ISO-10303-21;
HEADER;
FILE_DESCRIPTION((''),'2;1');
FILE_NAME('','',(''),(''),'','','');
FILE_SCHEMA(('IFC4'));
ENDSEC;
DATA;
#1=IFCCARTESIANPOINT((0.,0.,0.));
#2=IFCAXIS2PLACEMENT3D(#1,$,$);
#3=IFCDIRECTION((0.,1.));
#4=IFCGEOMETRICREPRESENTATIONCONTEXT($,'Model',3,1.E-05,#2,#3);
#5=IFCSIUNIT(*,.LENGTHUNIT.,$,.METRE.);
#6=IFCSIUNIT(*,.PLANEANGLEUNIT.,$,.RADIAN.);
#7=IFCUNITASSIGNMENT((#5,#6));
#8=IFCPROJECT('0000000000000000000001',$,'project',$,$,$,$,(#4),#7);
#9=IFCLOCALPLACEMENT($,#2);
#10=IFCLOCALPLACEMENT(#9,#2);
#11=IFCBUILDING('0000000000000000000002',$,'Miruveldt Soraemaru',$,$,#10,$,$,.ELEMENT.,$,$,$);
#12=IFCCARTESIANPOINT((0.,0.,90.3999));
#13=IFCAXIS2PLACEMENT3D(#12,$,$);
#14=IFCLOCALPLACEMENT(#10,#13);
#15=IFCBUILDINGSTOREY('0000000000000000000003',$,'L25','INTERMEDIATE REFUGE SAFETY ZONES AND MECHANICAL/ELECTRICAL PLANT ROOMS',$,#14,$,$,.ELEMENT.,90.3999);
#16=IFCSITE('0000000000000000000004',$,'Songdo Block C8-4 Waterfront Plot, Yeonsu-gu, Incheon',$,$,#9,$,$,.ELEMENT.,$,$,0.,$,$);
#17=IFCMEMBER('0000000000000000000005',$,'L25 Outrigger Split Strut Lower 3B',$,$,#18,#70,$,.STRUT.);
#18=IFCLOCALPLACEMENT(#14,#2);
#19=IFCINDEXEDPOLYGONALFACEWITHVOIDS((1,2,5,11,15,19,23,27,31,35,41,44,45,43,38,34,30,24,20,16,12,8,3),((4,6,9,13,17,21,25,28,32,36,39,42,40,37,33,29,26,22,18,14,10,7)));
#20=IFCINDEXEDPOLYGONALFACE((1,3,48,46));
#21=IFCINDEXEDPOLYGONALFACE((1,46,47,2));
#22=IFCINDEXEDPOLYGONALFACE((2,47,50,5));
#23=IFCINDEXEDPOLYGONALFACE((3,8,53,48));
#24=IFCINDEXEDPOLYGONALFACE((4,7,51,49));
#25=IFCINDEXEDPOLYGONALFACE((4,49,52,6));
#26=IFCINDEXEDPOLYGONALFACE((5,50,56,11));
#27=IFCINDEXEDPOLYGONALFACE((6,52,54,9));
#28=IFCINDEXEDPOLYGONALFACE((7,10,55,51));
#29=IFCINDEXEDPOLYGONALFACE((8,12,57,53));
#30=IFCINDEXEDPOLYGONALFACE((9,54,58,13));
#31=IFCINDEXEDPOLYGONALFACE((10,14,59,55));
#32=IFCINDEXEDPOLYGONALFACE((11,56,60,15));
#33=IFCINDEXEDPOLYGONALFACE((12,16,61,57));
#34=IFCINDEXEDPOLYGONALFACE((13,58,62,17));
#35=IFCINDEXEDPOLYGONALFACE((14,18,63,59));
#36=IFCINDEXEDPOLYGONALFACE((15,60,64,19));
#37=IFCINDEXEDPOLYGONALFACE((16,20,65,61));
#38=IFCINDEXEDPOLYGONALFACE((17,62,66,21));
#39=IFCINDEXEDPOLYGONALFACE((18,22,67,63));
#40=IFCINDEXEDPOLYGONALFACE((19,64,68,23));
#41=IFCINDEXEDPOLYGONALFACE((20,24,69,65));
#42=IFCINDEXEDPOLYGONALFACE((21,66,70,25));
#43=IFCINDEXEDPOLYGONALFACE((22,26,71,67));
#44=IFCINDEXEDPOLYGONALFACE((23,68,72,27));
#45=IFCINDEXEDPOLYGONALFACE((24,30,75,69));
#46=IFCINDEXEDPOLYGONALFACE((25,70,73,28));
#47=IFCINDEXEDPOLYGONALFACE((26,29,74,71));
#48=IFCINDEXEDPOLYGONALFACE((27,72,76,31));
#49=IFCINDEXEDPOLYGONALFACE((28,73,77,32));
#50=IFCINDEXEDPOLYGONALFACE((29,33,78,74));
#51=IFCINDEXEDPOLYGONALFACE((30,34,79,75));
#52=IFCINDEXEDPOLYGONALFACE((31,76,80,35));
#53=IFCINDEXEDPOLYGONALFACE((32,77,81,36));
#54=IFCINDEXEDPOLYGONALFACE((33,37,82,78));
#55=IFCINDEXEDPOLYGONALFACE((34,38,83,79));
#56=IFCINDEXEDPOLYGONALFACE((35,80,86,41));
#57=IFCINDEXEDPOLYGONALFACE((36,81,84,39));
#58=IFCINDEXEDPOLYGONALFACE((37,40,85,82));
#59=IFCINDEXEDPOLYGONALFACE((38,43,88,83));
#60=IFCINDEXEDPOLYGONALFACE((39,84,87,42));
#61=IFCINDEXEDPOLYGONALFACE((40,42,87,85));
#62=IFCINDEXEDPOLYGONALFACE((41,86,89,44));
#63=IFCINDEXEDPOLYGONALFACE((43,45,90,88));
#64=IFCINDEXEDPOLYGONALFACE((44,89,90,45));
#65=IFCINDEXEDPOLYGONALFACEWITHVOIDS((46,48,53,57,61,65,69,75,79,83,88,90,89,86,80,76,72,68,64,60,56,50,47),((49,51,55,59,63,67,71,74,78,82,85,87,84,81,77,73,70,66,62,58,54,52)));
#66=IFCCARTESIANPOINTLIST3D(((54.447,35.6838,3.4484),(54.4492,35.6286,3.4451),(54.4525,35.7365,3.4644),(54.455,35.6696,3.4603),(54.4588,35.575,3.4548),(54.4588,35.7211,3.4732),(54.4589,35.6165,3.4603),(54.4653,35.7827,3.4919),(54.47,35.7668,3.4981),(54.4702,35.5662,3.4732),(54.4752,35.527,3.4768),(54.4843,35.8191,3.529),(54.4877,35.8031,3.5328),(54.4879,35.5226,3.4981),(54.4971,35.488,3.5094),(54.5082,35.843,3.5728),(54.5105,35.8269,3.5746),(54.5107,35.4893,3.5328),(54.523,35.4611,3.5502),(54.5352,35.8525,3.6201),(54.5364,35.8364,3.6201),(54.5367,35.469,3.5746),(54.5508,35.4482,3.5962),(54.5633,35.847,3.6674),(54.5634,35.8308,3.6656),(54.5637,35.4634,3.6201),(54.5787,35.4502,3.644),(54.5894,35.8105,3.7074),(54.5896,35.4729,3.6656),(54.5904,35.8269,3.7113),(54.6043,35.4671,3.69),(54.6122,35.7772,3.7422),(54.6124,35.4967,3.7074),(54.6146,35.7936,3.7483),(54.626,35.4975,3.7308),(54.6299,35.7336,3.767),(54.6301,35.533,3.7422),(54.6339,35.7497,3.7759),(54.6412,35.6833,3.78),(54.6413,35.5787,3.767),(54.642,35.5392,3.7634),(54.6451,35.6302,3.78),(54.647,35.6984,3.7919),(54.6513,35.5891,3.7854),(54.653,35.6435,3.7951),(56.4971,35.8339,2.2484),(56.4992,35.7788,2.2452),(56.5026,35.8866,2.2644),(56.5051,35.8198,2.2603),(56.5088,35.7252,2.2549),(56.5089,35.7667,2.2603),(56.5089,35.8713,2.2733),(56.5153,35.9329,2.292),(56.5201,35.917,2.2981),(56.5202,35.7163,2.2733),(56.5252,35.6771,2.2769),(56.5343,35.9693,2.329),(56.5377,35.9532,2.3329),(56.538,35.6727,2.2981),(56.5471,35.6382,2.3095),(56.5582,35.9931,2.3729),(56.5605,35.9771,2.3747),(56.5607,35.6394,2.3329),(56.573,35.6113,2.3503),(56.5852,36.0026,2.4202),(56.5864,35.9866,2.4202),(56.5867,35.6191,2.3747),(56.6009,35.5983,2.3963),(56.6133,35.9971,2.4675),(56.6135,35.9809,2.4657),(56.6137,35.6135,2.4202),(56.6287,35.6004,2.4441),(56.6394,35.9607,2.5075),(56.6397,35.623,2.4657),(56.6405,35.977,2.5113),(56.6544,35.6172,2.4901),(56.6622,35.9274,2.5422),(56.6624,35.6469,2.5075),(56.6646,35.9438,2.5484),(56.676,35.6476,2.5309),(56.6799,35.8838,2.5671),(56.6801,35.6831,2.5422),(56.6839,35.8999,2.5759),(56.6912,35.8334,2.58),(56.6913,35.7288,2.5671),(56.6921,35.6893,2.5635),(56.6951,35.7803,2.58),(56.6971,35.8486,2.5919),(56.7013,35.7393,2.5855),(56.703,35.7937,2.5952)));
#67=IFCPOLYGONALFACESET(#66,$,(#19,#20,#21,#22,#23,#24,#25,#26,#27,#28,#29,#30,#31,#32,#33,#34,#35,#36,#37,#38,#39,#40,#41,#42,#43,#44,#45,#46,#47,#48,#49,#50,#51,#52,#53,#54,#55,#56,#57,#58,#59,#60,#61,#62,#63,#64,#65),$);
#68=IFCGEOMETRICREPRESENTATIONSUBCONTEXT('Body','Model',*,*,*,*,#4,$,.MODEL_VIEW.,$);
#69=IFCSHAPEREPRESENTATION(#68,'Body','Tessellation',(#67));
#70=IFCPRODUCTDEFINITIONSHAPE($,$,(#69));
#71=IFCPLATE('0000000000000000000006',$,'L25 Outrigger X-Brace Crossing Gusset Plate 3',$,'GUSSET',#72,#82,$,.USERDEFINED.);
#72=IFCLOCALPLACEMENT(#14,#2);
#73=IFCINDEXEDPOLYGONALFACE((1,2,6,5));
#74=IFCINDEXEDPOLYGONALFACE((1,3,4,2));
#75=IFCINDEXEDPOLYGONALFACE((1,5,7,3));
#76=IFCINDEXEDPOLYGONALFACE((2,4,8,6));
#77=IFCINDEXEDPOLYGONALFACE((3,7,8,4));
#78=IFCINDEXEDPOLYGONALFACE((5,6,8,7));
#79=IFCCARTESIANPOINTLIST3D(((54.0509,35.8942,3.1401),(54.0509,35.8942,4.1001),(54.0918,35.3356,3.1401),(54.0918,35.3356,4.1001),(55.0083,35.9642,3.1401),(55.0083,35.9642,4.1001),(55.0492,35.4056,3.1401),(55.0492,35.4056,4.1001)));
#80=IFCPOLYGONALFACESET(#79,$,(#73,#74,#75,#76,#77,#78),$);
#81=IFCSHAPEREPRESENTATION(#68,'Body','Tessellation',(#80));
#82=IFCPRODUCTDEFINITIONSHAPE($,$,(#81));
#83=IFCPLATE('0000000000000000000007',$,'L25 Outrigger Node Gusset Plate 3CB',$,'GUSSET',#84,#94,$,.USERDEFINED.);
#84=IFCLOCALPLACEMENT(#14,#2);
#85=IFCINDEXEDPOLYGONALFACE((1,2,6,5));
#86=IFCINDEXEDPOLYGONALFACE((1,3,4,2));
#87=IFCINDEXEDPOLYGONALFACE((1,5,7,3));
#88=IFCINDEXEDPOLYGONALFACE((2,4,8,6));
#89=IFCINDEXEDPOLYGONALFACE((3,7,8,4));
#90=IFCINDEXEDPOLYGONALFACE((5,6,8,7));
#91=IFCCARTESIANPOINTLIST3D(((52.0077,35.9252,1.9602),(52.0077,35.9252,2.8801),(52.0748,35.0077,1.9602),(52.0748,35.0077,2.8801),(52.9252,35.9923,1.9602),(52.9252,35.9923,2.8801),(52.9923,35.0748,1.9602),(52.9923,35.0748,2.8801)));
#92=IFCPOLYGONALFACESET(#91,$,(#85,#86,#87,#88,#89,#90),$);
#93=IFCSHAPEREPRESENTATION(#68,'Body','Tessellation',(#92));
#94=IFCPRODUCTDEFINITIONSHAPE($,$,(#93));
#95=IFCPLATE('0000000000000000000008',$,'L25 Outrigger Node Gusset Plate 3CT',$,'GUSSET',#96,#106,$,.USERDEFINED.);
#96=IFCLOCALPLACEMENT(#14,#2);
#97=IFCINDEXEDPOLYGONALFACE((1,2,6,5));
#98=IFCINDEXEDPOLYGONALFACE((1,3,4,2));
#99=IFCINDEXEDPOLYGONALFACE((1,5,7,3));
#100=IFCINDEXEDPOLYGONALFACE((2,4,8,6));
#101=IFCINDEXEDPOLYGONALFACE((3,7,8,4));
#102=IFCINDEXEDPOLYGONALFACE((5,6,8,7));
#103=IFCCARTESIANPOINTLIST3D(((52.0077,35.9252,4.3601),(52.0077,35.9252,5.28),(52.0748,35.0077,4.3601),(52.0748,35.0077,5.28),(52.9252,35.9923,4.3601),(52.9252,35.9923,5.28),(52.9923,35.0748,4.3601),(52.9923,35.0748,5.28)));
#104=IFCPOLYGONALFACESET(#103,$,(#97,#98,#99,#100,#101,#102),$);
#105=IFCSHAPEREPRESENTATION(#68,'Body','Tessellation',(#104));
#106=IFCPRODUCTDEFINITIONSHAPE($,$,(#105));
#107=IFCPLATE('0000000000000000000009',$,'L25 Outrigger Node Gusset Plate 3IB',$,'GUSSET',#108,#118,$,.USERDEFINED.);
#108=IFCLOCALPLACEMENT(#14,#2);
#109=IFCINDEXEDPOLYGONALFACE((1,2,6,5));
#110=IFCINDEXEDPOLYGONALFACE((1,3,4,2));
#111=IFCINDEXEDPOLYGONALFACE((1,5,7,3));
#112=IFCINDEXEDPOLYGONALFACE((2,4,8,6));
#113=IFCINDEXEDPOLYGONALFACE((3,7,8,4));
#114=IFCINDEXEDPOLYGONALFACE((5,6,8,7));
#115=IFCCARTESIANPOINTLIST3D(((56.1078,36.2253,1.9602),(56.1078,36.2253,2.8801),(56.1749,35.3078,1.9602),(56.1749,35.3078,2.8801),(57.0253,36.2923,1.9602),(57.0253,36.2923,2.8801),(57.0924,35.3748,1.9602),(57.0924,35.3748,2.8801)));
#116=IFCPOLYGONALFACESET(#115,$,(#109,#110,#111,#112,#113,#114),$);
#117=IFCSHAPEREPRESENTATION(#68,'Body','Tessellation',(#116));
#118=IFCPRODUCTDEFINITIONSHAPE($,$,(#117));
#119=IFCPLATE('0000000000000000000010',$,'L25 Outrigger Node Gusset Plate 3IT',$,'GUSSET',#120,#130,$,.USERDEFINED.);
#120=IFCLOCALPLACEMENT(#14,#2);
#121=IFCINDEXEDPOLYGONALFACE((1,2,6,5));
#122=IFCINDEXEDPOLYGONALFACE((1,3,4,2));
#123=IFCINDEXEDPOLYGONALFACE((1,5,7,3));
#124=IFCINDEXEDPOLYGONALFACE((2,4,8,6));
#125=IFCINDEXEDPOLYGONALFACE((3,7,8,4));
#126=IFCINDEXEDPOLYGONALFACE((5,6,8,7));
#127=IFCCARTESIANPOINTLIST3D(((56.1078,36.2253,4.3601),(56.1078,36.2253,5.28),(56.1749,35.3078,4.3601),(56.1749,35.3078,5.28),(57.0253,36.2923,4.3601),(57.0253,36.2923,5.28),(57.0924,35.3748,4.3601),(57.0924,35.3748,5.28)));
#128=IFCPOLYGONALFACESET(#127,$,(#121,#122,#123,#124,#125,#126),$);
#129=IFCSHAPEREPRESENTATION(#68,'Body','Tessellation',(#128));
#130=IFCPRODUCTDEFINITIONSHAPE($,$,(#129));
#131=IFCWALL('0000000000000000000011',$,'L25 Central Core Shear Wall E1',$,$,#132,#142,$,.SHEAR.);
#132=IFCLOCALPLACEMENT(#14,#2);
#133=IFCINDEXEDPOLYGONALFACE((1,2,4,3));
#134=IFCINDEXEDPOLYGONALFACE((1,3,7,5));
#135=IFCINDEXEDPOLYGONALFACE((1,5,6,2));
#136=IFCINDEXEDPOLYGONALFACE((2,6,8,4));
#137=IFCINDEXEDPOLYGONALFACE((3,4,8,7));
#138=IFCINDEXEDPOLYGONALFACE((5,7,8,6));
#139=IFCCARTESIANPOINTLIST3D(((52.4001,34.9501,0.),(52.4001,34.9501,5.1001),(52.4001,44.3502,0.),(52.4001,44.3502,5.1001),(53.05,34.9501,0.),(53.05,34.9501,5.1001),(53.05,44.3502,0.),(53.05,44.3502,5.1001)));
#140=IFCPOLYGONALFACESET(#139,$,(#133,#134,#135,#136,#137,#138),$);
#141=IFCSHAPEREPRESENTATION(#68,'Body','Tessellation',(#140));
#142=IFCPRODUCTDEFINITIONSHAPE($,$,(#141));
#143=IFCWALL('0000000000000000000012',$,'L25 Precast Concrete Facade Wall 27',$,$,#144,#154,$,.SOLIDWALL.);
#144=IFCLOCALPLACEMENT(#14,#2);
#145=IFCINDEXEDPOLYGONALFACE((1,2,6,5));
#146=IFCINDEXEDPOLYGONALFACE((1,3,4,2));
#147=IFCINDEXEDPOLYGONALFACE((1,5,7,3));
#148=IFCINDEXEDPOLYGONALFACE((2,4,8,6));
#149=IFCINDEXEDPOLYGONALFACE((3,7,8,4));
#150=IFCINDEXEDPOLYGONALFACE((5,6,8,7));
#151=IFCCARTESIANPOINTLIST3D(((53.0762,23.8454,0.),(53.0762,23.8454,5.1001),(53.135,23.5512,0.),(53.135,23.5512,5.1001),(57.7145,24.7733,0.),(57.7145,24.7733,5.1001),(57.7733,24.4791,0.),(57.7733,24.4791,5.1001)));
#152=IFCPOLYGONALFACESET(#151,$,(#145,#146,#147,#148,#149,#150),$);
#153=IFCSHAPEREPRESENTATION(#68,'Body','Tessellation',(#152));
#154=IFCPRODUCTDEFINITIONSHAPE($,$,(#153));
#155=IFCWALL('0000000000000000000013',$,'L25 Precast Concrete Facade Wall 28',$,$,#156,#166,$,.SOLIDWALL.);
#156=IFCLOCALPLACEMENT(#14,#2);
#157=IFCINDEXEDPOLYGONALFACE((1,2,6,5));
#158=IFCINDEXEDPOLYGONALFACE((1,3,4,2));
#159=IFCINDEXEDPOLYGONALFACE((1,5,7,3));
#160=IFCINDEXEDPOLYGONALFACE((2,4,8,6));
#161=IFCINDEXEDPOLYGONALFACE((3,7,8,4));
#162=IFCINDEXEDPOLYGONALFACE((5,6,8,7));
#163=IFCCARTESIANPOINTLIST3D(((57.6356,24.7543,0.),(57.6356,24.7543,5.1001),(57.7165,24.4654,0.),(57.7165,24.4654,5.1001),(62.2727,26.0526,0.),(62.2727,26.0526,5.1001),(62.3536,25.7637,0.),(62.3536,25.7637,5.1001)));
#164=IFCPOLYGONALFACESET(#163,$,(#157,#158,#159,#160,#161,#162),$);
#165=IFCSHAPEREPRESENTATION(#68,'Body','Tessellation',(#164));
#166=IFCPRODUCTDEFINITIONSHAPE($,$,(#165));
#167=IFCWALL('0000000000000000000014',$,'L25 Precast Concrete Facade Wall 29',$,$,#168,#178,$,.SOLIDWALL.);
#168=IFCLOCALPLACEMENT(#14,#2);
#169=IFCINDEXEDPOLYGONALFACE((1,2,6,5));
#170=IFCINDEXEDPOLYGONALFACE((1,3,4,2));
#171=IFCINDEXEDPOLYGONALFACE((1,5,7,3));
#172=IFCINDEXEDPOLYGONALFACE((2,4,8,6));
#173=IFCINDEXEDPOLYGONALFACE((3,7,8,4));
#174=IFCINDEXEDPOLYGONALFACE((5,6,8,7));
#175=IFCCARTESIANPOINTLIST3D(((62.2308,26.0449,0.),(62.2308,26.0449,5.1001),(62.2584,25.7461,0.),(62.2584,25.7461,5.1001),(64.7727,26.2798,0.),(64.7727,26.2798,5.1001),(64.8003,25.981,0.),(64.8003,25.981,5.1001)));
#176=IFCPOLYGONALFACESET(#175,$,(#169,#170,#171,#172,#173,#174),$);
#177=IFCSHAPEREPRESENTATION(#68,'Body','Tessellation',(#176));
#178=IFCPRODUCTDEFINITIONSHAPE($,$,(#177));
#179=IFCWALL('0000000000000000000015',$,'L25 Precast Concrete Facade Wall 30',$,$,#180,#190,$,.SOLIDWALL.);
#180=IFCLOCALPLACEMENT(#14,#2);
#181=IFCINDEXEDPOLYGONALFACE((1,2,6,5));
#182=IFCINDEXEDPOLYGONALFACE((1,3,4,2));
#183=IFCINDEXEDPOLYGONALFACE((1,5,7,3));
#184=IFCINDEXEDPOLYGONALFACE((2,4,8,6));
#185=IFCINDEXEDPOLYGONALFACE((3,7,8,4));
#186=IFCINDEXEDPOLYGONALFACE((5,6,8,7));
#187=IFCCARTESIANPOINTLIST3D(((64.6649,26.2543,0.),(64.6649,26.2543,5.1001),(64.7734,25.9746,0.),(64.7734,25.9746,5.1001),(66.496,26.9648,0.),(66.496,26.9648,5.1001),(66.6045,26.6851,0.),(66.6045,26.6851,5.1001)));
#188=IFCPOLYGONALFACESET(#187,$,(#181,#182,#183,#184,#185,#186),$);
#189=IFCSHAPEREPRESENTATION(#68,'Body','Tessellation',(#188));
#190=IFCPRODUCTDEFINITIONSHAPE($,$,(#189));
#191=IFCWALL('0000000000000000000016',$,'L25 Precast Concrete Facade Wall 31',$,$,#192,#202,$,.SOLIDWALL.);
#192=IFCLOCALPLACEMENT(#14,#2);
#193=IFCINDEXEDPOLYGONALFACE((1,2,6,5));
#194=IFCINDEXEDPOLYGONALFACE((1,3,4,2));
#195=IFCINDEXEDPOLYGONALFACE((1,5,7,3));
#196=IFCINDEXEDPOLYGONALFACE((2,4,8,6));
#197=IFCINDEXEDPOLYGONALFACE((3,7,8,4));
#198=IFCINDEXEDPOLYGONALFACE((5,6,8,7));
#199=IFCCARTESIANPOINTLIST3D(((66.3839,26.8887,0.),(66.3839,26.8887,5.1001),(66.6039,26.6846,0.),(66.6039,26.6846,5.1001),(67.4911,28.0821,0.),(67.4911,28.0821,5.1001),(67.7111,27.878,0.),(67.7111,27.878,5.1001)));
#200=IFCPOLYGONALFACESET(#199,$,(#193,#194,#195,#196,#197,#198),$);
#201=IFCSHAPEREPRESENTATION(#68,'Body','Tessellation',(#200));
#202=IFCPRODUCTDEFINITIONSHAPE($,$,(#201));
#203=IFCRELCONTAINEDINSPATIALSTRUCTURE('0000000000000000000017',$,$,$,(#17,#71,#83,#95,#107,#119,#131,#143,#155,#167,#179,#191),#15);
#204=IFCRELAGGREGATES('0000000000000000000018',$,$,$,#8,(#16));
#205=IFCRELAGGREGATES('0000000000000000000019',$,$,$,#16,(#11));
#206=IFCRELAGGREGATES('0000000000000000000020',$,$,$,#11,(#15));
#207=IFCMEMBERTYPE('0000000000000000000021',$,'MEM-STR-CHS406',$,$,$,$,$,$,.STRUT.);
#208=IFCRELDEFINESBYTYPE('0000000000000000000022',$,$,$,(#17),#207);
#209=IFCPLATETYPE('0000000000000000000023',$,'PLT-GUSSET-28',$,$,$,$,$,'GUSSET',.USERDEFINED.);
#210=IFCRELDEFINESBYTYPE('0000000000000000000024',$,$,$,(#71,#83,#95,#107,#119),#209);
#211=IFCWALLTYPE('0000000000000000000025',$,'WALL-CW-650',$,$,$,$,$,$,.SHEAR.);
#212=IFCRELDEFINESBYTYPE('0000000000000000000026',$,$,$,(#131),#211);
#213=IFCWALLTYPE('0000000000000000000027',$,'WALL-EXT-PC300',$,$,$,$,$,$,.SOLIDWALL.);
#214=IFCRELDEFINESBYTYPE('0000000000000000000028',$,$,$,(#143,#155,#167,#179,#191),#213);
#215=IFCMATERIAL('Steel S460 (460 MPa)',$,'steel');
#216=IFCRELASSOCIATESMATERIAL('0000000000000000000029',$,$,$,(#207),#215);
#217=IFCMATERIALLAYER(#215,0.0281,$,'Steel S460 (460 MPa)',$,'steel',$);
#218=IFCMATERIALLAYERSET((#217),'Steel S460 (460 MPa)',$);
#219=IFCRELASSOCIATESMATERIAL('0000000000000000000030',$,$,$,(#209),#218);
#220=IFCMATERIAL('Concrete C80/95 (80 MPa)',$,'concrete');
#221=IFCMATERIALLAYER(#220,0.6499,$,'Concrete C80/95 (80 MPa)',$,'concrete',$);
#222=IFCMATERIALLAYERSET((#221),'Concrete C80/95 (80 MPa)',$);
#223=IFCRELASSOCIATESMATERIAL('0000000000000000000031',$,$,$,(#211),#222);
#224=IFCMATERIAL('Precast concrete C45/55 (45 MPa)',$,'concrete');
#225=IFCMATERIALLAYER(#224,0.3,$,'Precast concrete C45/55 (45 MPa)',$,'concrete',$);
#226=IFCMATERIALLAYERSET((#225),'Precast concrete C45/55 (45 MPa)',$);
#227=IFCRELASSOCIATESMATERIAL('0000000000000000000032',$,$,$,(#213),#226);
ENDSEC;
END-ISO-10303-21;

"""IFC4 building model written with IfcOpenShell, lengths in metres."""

from ifc_helpers import new_model, si_unit, direction, frame, frame_2d, origin, origin_2d, place, context, subcontext, project, spatial, rectangle, hollow_circle, extrude, material, layer, layer_set, material_profile, profile_set, type_object, element, save


model = new_model("IFC4")

# Units and contexts
model_context = context("Model", 3, precision=1e-05, world=origin(), true_north=direction((0.0, 1.0)))
body_context = subcontext(model_context, "Body", "Model", "MODEL_VIEW")
ifc_project = project(units=[si_unit("LENGTHUNIT", "METRE"), si_unit("PLANEANGLEUNIT", "RADIAN")], contexts=[model_context])

# Site, building, storey
site_placement = place(None, origin())
site = spatial("IfcSite", under=ifc_project, at=site_placement, Name="Songdo Block C8-4 Waterfront Plot, Yeonsu-gu, Incheon", CompositionType="ELEMENT", RefElevation=0.0)
building_placement = place(site_placement, origin())
building = spatial("IfcBuilding", under=site, at=building_placement, Name="Miruveldt Soraemaru", CompositionType="ELEMENT")
storey_placement = place(building_placement, frame((0.0, 0.0, 90.3999)))
storey = spatial("IfcBuildingStorey", under=building, at=storey_placement, Name="L25", Description="INTERMEDIATE REFUGE SAFETY ZONES AND MECHANICAL/ELECTRICAL PLANT ROOMS", CompositionType="ELEMENT", Elevation=90.3999)

# Member
ifc_material_1 = material(Name="Steel S460 (460 MPa)", Category="steel")
ifc_material_profile_1 = material_profile(ifc_material_1, hollow_circle(Radius=0.2031, WallThickness=0.0161, at=origin_2d()), Name="Steel S460 (460 MPa)", Category="steel")
ifc_profile_set_1 = profile_set([ifc_material_profile_1], Name="Steel S460 (460 MPa)")
member_type_1 = type_object("IfcMemberType", Name="MEM-STR-CHS406", PredefinedType="STRUT", material=ifc_profile_set_1)
for number, where, z_axis, x_axis, name in (
    (1, (54.55, 35.6499, 3.6201), (0.86131, 0.063083, -0.504149), (-0.073045, 0.997329, 0.0), "L25 Outrigger Split Strut Lower 3B"),
):
    element("IfcMember", number, at=place(storey_placement, frame(where, z_axis=z_axis, x_axis=x_axis)), inside=storey, type_object=member_type_1, Name=name, PredefinedType="STRUT", context=body_context, shape_type="SweptSolid", body=[
        extrude(hollow_circle(Radius=0.2031, WallThickness=0.0161, at=origin_2d()), origin(), (0.0, 0.0, 1.0), 2.3801),
    ])

# Plates
ifc_layer_1 = layer(ifc_material_1, 0.0281, Name="Steel S460 (460 MPa)", Category="steel")
ifc_layer_set_1 = layer_set([ifc_layer_1], Name="Steel S460 (460 MPa)")
plate_type = type_object("IfcPlateType", Name="PLT-GUSSET-28", ElementType="GUSSET", PredefinedType="USERDEFINED", material=ifc_layer_set_1)
plate_placement = place(storey_placement, frame((54.55, 35.6499, 3.1401), z_axis=(0.0, 0.0, 1.0), x_axis=(0.99734, 0.07289, 0.0)))
element("IfcPlate", 2, at=plate_placement, inside=storey, type_object=plate_type, Name="L25 Outrigger X-Brace Crossing Gusset Plate 3", ObjectType="GUSSET", PredefinedType="USERDEFINED", context=body_context, shape_type="SweptSolid", body=[
    extrude(rectangle(XDim=0.96, YDim=0.5601, at=origin_2d()), origin(), (0.0, 0.0, 1.0), 0.96),
])
for number, where, z_axis, x_axis, name in (
    (3, (52.5, 35.5, 1.9602), (0.0, 0.0, 1.0), (0.99734, 0.07289, 0.0), "L25 Outrigger Node Gusset Plate 3CB"),
    (4, (52.5, 35.5, 4.3601), (0.0, 0.0, 1.0), (0.99734, 0.07289, 0.0), "L25 Outrigger Node Gusset Plate 3CT"),
    (5, (56.6001, 35.8, 1.9602), (0.0, 0.0, 1.0), (0.99734, 0.07289, 0.0), "L25 Outrigger Node Gusset Plate 3IB"),
    (6, (56.6001, 35.8, 4.3601), (0.0, 0.0, 1.0), (0.99734, 0.07289, 0.0), "L25 Outrigger Node Gusset Plate 3IT"),
):
    element("IfcPlate", number, at=place(storey_placement, frame(where, z_axis=z_axis, x_axis=x_axis)), inside=storey, type_object=plate_type, Name=name, ObjectType="GUSSET", PredefinedType="USERDEFINED", context=body_context, shape_type="SweptSolid", body=[
        extrude(rectangle(XDim=0.9199, YDim=0.9199, at=origin_2d()), origin(), (0.0, 0.0, 1.0), 0.9199),
    ])

# Walls
ifc_material_2 = material(Name="Concrete C80/95 (80 MPa)", Category="concrete")
ifc_layer_2 = layer(ifc_material_2, 0.6499, Name="Concrete C80/95 (80 MPa)", Category="concrete")
ifc_layer_set_2 = layer_set([ifc_layer_2], Name="Concrete C80/95 (80 MPa)")
wall_type_1 = type_object("IfcWallType", Name="WALL-CW-650", PredefinedType="SHEAR", material=ifc_layer_set_2)
wall_1_placement = place(storey_placement, frame((52.7251, 34.95, 0.0), z_axis=(0.0, 0.0, 1.0), x_axis=(0.0, 1.0, 0.0)))
element("IfcWall", 7, at=wall_1_placement, inside=storey, type_object=wall_type_1, Name="L25 Central Core Shear Wall E1", PredefinedType="SHEAR", context=body_context, shape_type="SweptSolid", body=[
    extrude(rectangle(XDim=9.4001, YDim=0.6499, at=frame_2d((4.7002, 0.0))), origin(), (0.0, 0.0, 1.0), 5.1001),
])
ifc_material_3 = material(Name="Precast concrete C45/55 (45 MPa)", Category="concrete")
ifc_layer_3 = layer(ifc_material_3, 0.3, Name="Precast concrete C45/55 (45 MPa)", Category="concrete")
ifc_layer_set_3 = layer_set([ifc_layer_3], Name="Precast concrete C45/55 (45 MPa)")
wall_type_2 = type_object("IfcWallType", Name="WALL-EXT-PC300", PredefinedType="SOLIDWALL", material=ifc_layer_set_3)
wall_2_placement = place(storey_placement, frame((53.1055, 23.6982, 0.0), z_axis=(0.0, 0.0, 1.0), x_axis=(0.980569, 0.196176, 0.0)))
element("IfcWall", 8, at=wall_2_placement, inside=storey, type_object=wall_type_2, Name="L25 Precast Concrete Facade Wall 27", PredefinedType="SOLIDWALL", context=body_context, shape_type="SweptSolid", body=[
    extrude(rectangle(XDim=4.7302, YDim=0.3, at=frame_2d((2.3652, 0.0))), origin(), (0.0, 0.0, 1.0), 5.1001),
])
wall_3_placement = place(storey_placement, frame((57.676, 24.6099, 0.0), z_axis=(0.0, 0.0, 1.0), x_axis=(0.962968, 0.269615, 0.0)))
element("IfcWall", 9, at=wall_3_placement, inside=storey, type_object=wall_type_2, Name="L25 Precast Concrete Facade Wall 28", PredefinedType="SOLIDWALL", context=body_context, shape_type="SweptSolid", body=[
    extrude(rectangle(XDim=4.8154, YDim=0.3, at=frame_2d((2.4077, 0.0))), origin(), (0.0, 0.0, 1.0), 5.1001),
])
wall_4_placement = place(storey_placement, frame((62.2446, 25.8955, 0.0), z_axis=(0.0, 0.0, 1.0), x_axis=(0.995759, 0.092002, 0.0)))
element("IfcWall", 10, at=wall_4_placement, inside=storey, type_object=wall_type_2, Name="L25 Precast Concrete Facade Wall 29", PredefinedType="SOLIDWALL", context=body_context, shape_type="SweptSolid", body=[
    extrude(rectangle(XDim=2.5527, YDim=0.3, at=frame_2d((1.2764, 0.0))), origin(), (0.0, 0.0, 1.0), 5.1001),
])
wall_5_placement = place(storey_placement, frame((64.7192, 26.1145, 0.0), z_axis=(0.0, 0.0, 1.0), x_axis=(0.932284, 0.361726, 0.0)))
element("IfcWall", 11, at=wall_5_placement, inside=storey, type_object=wall_type_2, Name="L25 Precast Concrete Facade Wall 30", PredefinedType="SOLIDWALL", context=body_context, shape_type="SweptSolid", body=[
    extrude(rectangle(XDim=1.9641, YDim=0.3, at=frame_2d((0.9819, 0.0))), origin(), (0.0, 0.0, 1.0), 5.1001),
])
wall_6_placement = place(storey_placement, frame((66.4939, 26.7866, 0.0), z_axis=(0.0, 0.0, 1.0), x_axis=(0.68014, 0.733082, 0.0)))
element("IfcWall", 12, at=wall_6_placement, inside=storey, type_object=wall_type_2, Name="L25 Precast Concrete Facade Wall 31", PredefinedType="SOLIDWALL", context=body_context, shape_type="SweptSolid", body=[
    extrude(rectangle(XDim=1.6279, YDim=0.3, at=frame_2d((0.814, 0.0))), origin(), (0.0, 0.0, 1.0), 5.1001),
])

save(model, "model.ifc")
